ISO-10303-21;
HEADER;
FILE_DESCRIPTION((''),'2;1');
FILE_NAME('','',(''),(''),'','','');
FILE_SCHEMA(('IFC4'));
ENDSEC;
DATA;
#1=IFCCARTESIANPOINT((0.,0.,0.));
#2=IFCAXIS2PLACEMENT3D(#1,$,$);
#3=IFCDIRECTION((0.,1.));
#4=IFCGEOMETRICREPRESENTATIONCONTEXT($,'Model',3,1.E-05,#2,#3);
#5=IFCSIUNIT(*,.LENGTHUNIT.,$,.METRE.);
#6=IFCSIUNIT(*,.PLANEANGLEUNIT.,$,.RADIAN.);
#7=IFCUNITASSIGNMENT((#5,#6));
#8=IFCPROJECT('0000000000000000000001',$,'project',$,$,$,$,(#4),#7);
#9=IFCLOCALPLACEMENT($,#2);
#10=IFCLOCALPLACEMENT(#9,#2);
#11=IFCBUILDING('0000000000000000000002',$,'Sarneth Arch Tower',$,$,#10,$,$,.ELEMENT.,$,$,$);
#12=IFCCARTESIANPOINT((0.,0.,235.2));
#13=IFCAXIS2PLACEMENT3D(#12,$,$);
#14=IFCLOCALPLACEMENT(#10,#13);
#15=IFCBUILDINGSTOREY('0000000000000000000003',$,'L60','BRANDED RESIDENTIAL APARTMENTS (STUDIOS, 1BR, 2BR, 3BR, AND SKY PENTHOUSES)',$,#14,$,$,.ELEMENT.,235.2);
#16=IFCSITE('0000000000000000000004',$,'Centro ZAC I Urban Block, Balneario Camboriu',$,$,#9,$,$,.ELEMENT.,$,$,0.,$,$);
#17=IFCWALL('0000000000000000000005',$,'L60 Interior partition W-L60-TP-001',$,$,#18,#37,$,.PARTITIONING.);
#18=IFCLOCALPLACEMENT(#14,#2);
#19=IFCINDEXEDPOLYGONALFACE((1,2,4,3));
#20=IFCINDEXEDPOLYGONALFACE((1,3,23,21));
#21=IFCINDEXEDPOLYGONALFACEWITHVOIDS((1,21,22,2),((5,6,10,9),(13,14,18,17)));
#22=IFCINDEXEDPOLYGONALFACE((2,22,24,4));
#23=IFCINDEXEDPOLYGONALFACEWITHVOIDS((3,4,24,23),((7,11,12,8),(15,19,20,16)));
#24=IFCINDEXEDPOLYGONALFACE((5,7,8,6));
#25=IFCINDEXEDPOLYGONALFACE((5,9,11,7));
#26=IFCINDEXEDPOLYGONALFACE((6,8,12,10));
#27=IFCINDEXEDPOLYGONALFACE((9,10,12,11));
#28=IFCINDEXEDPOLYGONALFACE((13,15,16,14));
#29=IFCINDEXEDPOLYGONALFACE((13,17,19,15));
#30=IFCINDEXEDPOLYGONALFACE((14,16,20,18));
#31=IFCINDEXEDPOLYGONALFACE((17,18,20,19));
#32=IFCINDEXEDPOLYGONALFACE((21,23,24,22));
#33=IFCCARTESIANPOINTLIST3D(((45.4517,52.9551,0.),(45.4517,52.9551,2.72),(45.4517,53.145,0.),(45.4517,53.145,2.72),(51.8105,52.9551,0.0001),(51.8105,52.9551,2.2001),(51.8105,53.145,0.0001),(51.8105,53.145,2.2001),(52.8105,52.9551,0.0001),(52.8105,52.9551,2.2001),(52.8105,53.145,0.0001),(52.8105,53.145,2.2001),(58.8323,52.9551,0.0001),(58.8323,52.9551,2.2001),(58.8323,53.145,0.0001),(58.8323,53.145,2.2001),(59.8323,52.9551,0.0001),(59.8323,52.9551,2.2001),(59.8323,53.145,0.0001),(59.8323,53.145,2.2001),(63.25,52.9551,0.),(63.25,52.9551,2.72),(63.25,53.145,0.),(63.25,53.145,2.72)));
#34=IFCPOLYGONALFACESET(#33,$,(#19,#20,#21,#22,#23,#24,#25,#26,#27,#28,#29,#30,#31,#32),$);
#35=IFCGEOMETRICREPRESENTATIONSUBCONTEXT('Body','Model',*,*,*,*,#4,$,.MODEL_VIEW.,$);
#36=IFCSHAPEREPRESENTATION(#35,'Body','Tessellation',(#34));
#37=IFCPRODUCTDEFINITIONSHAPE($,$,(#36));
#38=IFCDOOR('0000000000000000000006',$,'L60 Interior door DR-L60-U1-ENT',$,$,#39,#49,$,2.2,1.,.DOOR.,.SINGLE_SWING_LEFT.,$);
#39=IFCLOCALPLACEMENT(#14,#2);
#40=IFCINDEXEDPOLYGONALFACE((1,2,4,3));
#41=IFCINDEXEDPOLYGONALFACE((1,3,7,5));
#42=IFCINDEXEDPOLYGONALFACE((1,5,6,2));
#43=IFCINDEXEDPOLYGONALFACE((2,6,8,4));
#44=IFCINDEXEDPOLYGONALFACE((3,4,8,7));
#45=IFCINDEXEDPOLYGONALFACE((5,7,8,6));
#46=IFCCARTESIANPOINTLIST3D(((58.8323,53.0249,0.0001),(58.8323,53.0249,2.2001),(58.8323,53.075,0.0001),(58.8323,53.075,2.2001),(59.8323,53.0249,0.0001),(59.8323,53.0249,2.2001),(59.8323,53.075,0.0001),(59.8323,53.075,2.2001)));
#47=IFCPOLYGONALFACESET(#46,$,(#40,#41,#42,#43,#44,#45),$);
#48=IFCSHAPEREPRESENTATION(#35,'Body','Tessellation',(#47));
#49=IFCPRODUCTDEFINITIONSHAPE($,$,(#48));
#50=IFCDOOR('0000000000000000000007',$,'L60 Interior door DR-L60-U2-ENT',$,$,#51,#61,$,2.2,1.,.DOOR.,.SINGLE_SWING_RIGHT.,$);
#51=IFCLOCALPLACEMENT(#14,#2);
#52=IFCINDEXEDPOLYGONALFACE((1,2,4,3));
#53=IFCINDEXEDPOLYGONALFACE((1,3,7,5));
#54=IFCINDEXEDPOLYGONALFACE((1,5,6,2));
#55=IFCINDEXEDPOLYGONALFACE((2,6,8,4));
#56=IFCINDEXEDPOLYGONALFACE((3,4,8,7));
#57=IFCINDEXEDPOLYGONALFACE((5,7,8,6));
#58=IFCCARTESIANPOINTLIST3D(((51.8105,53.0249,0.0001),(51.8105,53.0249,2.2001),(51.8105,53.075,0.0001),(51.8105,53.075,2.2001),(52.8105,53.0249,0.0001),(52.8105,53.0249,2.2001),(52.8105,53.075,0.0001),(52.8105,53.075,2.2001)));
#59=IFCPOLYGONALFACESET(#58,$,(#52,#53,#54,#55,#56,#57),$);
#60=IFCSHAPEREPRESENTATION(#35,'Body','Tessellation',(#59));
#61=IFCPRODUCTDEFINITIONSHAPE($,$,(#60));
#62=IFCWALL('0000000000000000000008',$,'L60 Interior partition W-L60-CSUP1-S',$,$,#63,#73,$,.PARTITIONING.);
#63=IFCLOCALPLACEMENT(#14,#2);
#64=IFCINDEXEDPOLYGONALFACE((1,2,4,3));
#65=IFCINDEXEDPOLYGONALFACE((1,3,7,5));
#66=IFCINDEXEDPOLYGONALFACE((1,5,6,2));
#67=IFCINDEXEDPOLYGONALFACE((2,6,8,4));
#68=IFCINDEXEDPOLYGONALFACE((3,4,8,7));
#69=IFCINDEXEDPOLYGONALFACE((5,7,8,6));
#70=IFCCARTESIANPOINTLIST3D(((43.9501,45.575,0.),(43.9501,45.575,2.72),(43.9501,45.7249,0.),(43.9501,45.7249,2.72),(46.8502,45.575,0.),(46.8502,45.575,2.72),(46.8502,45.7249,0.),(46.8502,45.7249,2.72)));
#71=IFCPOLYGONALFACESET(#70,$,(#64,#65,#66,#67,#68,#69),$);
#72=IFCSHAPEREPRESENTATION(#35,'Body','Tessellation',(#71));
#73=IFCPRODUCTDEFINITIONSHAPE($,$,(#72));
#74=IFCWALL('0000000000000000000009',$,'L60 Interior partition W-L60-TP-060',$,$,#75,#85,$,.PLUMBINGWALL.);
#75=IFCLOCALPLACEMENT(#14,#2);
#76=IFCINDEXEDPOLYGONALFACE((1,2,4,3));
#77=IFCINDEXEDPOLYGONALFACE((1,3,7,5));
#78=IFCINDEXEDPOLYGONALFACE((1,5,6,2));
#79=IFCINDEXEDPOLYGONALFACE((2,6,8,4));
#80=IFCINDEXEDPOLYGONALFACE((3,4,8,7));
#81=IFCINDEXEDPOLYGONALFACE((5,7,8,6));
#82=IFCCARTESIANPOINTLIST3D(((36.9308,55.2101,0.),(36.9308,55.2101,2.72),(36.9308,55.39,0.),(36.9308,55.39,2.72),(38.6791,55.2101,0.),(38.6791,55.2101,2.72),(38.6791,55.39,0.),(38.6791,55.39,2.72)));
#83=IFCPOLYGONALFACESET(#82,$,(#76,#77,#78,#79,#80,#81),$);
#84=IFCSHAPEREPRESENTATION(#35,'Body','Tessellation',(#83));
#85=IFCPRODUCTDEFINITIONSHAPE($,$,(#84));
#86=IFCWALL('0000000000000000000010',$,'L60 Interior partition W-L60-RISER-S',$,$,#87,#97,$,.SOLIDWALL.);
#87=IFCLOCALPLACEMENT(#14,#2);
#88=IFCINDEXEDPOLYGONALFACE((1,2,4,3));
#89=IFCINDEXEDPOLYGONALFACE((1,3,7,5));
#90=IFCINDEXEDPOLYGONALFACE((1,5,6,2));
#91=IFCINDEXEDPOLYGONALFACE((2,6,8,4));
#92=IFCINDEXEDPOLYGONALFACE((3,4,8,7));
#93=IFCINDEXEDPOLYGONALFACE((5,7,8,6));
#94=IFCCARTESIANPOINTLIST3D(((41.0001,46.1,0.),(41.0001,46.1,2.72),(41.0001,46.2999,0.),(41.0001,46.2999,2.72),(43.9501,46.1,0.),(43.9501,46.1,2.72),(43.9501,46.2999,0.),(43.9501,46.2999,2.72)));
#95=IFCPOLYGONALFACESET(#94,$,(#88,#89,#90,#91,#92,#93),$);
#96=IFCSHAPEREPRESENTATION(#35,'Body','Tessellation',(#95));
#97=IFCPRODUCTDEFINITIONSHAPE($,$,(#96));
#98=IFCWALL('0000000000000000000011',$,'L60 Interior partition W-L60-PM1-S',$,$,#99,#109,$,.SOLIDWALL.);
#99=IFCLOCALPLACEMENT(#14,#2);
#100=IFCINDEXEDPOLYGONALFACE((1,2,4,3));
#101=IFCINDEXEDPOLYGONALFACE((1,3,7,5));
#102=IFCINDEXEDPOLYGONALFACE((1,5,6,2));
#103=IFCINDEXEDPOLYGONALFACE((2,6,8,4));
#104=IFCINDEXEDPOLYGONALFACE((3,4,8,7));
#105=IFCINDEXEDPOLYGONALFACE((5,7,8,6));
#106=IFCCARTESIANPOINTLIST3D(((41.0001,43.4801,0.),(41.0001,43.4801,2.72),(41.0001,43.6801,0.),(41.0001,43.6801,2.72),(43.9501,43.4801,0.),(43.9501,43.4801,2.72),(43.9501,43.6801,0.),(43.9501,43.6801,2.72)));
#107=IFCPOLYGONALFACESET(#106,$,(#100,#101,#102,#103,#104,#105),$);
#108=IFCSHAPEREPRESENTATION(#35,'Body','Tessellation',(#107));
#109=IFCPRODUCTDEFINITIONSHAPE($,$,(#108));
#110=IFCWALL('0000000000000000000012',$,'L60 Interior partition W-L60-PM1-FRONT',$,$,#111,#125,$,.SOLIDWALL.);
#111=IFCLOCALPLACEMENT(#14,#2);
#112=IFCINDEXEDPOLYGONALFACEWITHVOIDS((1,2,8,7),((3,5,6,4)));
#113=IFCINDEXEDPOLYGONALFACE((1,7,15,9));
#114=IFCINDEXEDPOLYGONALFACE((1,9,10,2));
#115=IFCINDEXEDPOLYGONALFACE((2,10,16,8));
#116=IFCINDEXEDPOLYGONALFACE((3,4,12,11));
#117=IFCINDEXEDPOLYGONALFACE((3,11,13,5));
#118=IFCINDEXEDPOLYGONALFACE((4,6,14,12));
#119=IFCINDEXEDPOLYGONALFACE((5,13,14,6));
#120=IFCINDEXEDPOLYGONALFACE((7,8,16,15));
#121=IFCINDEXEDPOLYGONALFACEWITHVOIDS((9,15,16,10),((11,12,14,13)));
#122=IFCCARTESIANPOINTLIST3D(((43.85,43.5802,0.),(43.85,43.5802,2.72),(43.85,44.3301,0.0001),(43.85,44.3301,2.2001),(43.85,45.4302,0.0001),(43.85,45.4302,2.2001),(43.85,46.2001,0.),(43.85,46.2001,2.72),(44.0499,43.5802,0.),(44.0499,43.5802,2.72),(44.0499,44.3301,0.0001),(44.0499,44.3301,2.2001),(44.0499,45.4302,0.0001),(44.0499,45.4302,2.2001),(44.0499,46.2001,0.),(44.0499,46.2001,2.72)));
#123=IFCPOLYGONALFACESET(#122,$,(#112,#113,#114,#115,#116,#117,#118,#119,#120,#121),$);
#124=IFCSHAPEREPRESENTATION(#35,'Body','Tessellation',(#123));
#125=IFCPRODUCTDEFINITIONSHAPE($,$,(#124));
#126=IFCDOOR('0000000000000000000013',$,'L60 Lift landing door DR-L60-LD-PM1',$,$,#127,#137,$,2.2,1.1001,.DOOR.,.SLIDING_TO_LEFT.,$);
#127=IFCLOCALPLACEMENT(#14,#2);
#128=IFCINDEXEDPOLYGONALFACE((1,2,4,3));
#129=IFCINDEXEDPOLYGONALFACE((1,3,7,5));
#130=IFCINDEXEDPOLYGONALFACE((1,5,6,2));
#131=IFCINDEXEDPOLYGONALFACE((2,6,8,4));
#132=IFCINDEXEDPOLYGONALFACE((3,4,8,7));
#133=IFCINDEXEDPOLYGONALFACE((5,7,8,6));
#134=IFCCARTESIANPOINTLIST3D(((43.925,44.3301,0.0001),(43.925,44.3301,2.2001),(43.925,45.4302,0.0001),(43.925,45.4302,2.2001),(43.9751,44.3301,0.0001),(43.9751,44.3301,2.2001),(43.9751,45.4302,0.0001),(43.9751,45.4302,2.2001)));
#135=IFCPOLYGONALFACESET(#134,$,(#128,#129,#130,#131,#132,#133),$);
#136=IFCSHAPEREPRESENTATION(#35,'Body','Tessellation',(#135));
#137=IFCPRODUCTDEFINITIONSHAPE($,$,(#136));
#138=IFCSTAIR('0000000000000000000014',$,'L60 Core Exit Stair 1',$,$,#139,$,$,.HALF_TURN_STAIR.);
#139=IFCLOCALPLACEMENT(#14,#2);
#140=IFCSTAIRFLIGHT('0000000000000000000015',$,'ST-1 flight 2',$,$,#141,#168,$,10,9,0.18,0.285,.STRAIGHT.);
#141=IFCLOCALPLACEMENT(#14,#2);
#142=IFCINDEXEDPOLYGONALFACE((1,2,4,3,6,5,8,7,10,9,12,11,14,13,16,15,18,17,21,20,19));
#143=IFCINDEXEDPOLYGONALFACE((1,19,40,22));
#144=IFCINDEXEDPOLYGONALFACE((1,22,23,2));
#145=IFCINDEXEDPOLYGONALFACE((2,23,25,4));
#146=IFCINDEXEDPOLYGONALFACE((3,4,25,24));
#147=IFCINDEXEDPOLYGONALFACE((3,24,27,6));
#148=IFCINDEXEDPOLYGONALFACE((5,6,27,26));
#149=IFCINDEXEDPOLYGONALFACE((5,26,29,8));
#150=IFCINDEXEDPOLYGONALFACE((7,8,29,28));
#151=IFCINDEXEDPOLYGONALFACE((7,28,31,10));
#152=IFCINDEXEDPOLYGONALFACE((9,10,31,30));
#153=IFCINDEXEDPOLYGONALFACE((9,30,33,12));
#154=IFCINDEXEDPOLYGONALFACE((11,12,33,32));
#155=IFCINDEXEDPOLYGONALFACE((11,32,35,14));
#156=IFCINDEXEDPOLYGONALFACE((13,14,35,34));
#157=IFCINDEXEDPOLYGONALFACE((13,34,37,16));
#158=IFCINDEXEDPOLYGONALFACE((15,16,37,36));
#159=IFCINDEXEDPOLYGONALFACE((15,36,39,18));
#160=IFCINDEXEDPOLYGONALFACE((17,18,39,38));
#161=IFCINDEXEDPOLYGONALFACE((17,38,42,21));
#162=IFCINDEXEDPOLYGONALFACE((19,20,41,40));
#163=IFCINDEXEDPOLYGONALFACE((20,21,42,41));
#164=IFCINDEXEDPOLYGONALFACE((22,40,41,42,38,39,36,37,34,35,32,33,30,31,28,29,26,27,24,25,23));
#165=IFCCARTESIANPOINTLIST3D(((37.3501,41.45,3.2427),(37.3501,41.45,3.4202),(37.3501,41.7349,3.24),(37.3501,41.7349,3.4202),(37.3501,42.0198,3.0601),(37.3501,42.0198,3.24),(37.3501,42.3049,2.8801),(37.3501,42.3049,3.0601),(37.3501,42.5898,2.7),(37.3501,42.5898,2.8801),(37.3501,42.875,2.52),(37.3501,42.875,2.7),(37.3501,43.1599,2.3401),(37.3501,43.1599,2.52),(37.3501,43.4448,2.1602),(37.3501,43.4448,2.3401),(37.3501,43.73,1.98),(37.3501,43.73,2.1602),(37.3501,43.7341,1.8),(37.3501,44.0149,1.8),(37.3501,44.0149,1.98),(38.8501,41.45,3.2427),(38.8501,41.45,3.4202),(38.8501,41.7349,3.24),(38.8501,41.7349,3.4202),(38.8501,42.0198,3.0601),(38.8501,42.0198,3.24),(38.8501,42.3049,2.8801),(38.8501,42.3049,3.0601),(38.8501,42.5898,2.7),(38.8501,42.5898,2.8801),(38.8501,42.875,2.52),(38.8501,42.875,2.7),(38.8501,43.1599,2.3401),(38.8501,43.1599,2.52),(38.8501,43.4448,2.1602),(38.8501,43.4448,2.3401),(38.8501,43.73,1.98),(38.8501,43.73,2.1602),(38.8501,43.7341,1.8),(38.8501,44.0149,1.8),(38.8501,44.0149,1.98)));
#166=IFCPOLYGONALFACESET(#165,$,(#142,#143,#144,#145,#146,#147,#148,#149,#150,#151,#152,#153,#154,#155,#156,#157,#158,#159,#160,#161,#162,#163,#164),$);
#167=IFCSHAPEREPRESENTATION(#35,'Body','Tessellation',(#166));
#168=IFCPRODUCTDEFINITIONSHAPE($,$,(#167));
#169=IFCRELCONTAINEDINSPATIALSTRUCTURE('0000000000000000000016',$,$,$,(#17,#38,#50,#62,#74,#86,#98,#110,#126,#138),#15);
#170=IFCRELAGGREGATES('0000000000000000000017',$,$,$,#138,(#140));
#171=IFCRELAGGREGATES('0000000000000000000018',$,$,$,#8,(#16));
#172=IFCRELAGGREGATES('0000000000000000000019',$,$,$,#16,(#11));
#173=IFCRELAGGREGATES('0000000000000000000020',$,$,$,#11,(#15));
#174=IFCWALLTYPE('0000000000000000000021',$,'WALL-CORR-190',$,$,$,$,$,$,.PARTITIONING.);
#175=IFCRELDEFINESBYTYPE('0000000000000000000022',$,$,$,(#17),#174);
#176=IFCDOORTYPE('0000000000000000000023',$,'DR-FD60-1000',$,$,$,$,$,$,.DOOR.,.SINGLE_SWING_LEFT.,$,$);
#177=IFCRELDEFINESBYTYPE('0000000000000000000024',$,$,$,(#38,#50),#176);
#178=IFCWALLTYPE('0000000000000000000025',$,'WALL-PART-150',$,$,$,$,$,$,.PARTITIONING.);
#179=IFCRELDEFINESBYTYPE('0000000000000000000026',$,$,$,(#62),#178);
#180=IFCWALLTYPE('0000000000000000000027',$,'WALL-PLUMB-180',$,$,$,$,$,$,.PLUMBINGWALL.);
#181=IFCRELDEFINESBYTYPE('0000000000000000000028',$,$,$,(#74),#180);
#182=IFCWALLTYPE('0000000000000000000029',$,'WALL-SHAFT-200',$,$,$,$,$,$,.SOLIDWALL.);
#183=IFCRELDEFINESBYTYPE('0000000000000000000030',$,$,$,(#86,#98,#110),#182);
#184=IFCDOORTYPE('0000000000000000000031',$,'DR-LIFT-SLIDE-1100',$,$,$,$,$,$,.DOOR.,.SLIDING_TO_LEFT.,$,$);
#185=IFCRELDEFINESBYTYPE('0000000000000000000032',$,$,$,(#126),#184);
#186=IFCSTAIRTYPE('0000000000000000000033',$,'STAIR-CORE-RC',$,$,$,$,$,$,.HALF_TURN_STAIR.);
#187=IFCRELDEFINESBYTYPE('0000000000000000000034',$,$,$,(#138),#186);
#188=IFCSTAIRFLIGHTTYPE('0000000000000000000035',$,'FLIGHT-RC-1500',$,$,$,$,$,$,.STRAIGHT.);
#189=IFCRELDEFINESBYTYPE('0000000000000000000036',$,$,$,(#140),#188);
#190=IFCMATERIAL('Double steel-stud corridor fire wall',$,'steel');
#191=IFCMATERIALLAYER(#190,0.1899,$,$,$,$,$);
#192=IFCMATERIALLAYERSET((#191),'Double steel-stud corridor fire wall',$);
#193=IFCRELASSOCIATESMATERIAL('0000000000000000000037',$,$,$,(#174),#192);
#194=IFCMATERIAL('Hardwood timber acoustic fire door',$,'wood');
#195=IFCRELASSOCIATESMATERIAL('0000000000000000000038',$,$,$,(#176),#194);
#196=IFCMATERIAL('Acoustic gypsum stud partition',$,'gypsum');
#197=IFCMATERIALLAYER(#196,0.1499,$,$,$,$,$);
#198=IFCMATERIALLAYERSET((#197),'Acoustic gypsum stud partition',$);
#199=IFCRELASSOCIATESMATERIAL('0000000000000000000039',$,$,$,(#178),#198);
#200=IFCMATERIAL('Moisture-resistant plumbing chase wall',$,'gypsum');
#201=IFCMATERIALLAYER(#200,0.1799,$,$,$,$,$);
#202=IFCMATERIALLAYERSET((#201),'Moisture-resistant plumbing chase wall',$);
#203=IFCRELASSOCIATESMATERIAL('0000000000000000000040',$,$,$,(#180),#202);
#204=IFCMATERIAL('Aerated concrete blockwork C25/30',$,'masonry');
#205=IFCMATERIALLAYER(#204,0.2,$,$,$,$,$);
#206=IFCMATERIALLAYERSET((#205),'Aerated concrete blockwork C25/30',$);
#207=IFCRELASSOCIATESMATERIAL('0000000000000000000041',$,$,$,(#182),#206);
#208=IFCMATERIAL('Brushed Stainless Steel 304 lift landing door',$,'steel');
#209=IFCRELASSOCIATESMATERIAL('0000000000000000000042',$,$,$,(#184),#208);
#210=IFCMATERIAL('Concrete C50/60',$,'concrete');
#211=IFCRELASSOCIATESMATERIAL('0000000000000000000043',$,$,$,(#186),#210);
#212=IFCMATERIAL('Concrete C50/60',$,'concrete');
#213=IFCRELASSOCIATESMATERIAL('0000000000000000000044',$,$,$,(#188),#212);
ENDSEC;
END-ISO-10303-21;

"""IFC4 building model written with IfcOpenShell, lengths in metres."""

from ifc_helpers import new_model, si_unit, direction, frame, frame_2d, origin, place, context, subcontext, project, spatial, polyline, rectangle, outline, extrude, material, layer, layer_set, type_object, element, fill, aggregate, save


model = new_model("IFC4")

# Units and contexts
model_context = context("Model", 3, precision=1e-05, world=origin(), true_north=direction((0.0, 1.0)))
body_context = subcontext(model_context, "Body", "Model", "MODEL_VIEW")
ifc_project = project(units=[si_unit("LENGTHUNIT", "METRE"), si_unit("PLANEANGLEUNIT", "RADIAN")], contexts=[model_context])

# Site, building, storey
site_placement = place(None, origin())
site = spatial("IfcSite", under=ifc_project, at=site_placement, Name="Centro ZAC I Urban Block, Balneario Camboriu", CompositionType="ELEMENT", RefElevation=0.0)
building_placement = place(site_placement, origin())
building = spatial("IfcBuilding", under=site, at=building_placement, Name="Sarneth Arch Tower", CompositionType="ELEMENT")
storey_placement = place(building_placement, frame((0.0, 0.0, 235.2)))
storey = spatial("IfcBuildingStorey", under=building, at=storey_placement, Name="L60", Description="BRANDED RESIDENTIAL APARTMENTS (STUDIOS, 1BR, 2BR, 3BR, AND SKY PENTHOUSES)", CompositionType="ELEMENT", Elevation=235.2)

# Wall, openings, doors
ifc_material_1 = material(Name="Double steel-stud corridor fire wall", Category="steel")
ifc_layer_1 = layer(ifc_material_1, 0.1899)
ifc_layer_set_1 = layer_set([ifc_layer_1], Name="Double steel-stud corridor fire wall")
wall_type_1 = type_object("IfcWallType", Name="WALL-CORR-190", PredefinedType="PARTITIONING", material=ifc_layer_set_1)
wall_1_placement = place(storey_placement, frame((45.4517, 53.05, 0.0), z_axis=(0.0, 0.0, 1.0), x_axis=(1.0, 0.0, 0.0)))
wall_1 = element("IfcWall", 1, at=wall_1_placement, inside=storey, type_object=wall_type_1, Name="L60 Interior partition W-L60-TP-001", PredefinedType="PARTITIONING", context=body_context, shape_type="SweptSolid", body=[
    extrude(rectangle(XDim=17.7983, YDim=0.1899, at=frame_2d((8.8992, 0.0))), origin(), (0.0, 0.0, 1.0), 2.72),
])
opening_1_placement = place(wall_1_placement, frame((13.3806, 0.0, 0.0)))
opening_1 = element("IfcOpeningElement", 2, at=opening_1_placement, cuts=wall_1, PredefinedType="OPENING", context=body_context, shape_type="SweptSolid", body=[
    extrude(rectangle(XDim=1.0, YDim=2.2, at=frame_2d((0.5, 1.1001))), frame((0.0, 0.105, 0.0), z_axis=(0.0, -1.0, 0.0), x_axis=(1.0, 0.0, 0.0)), (0.0, 0.0, 1.0), 0.21),
])
opening_2_placement = place(wall_1_placement, frame((6.3589, 0.0, 0.0)))
opening_2 = element("IfcOpeningElement", 3, at=opening_2_placement, cuts=wall_1, PredefinedType="OPENING", context=body_context, shape_type="SweptSolid", body=[
    extrude(rectangle(XDim=1.0, YDim=2.2, at=frame_2d((0.5, 1.1001))), frame((0.0, 0.105, 0.0), z_axis=(0.0, -1.0, 0.0), x_axis=(1.0, 0.0, 0.0)), (0.0, 0.0, 1.0), 0.21),
])
ifc_material_2 = material(Name="Hardwood timber acoustic fire door", Category="wood")
door_type_1 = type_object("IfcDoorType", Name="DR-FD60-1000", OperationType="SINGLE_SWING_LEFT", PredefinedType="DOOR", material=ifc_material_2)
door_1_placement = place(opening_1_placement, origin())
door_1 = element("IfcDoor", 4, at=door_1_placement, inside=storey, type_object=door_type_1, Name="L60 Interior door DR-L60-U1-ENT", OperationType="SINGLE_SWING_LEFT", OverallHeight=2.2, OverallWidth=1.0, PredefinedType="DOOR", context=body_context, shape_type="SweptSolid", body=[
    extrude(rectangle(XDim=1.0, YDim=2.2, at=frame_2d((0.5, 1.1001))), frame((0.0, 0.0249, 0.0), z_axis=(0.0, -1.0, 0.0), x_axis=(1.0, 0.0, 0.0)), (0.0, 0.0, 1.0), 0.05),
])
fill(opening_1, door_1)
door_2_placement = place(opening_2_placement, origin())
door_2 = element("IfcDoor", 5, at=door_2_placement, inside=storey, type_object=door_type_1, Name="L60 Interior door DR-L60-U2-ENT", OperationType="SINGLE_SWING_RIGHT", OverallHeight=2.2, OverallWidth=1.0, PredefinedType="DOOR", context=body_context, shape_type="SweptSolid", body=[
    extrude(rectangle(XDim=1.0, YDim=2.2, at=frame_2d((0.5, 1.1001))), frame((0.0, 0.0249, 0.0), z_axis=(0.0, -1.0, 0.0), x_axis=(1.0, 0.0, 0.0)), (0.0, 0.0, 1.0), 0.05),
])
fill(opening_2, door_2)

# Wall
ifc_material_3 = material(Name="Acoustic gypsum stud partition", Category="gypsum")
ifc_layer_2 = layer(ifc_material_3, 0.1499)
ifc_layer_set_2 = layer_set([ifc_layer_2], Name="Acoustic gypsum stud partition")
wall_type_2 = type_object("IfcWallType", Name="WALL-PART-150", PredefinedType="PARTITIONING", material=ifc_layer_set_2)
wall_2_placement = place(storey_placement, frame((43.95, 45.6499, 0.0), z_axis=(0.0, 0.0, 1.0), x_axis=(1.0, 0.0, 0.0)))
element("IfcWall", 6, at=wall_2_placement, inside=storey, type_object=wall_type_2, Name="L60 Interior partition W-L60-CSUP1-S", PredefinedType="PARTITIONING", context=body_context, shape_type="SweptSolid", body=[
    extrude(rectangle(XDim=2.9001, YDim=0.1499, at=frame_2d((1.4502, 0.0))), origin(), (0.0, 0.0, 1.0), 2.72),
])

# Walls
ifc_material_4 = material(Name="Moisture-resistant plumbing chase wall", Category="gypsum")
ifc_layer_3 = layer(ifc_material_4, 0.1799)
ifc_layer_set_3 = layer_set([ifc_layer_3], Name="Moisture-resistant plumbing chase wall")
wall_type_3 = type_object("IfcWallType", Name="WALL-PLUMB-180", PredefinedType="PLUMBINGWALL", material=ifc_layer_set_3)
wall_3_placement = place(storey_placement, frame((36.9309, 55.3, 0.0), z_axis=(0.0, 0.0, 1.0), x_axis=(1.0, 0.0, 0.0)))
element("IfcWall", 7, at=wall_3_placement, inside=storey, type_object=wall_type_3, Name="L60 Interior partition W-L60-TP-060", PredefinedType="PLUMBINGWALL", context=body_context, shape_type="SweptSolid", body=[
    extrude(rectangle(XDim=1.7483, YDim=0.1799, at=frame_2d((0.874, 0.0))), origin(), (0.0, 0.0, 1.0), 2.72),
])
ifc_material_5 = material(Name="Aerated concrete blockwork C25/30", Category="masonry")
ifc_layer_4 = layer(ifc_material_5, 0.2)
ifc_layer_set_4 = layer_set([ifc_layer_4], Name="Aerated concrete blockwork C25/30")
wall_type_4 = type_object("IfcWallType", Name="WALL-SHAFT-200", PredefinedType="SOLIDWALL", material=ifc_layer_set_4)
wall_4_placement = place(storey_placement, frame((41.0, 46.2, 0.0), z_axis=(0.0, 0.0, 1.0), x_axis=(1.0, 0.0, 0.0)))
element("IfcWall", 8, at=wall_4_placement, inside=storey, type_object=wall_type_4, Name="L60 Interior partition W-L60-RISER-S", PredefinedType="SOLIDWALL", context=body_context, shape_type="SweptSolid", body=[
    extrude(rectangle(XDim=2.95, YDim=0.2, at=frame_2d((1.4751, 0.0))), origin(), (0.0, 0.0, 1.0), 2.72),
])

# Wall
wall_5_placement = place(storey_placement, frame((41.0, 43.5801, 0.0), z_axis=(0.0, 0.0, 1.0), x_axis=(1.0, 0.0, 0.0)))
element("IfcWall", 9, at=wall_5_placement, inside=storey, type_object=wall_type_4, Name="L60 Interior partition W-L60-PM1-S", PredefinedType="SOLIDWALL", context=body_context, shape_type="SweptSolid", body=[
    extrude(rectangle(XDim=2.95, YDim=0.2, at=frame_2d((1.4751, 0.0))), origin(), (0.0, 0.0, 1.0), 2.72),
])

# Wall, opening, door
wall_6_placement = place(storey_placement, frame((43.95, 43.5801, 0.0), z_axis=(0.0, 0.0, 1.0), x_axis=(0.0, 1.0, 0.0)))
wall_6 = element("IfcWall", 10, at=wall_6_placement, inside=storey, type_object=wall_type_4, Name="L60 Interior partition W-L60-PM1-FRONT", PredefinedType="SOLIDWALL", context=body_context, shape_type="SweptSolid", body=[
    extrude(rectangle(XDim=2.6199, YDim=0.2, at=frame_2d((1.3101, 0.0))), origin(), (0.0, 0.0, 1.0), 2.72),
])
opening_3_placement = place(wall_6_placement, frame((0.75, 0.0, 0.0)))
opening_3 = element("IfcOpeningElement", 11, at=opening_3_placement, cuts=wall_6, PredefinedType="OPENING", context=body_context, shape_type="SweptSolid", body=[
    extrude(rectangle(XDim=1.1001, YDim=2.2, at=frame_2d((0.55, 1.1001))), frame((0.0, 0.1099, 0.0), z_axis=(0.0, -1.0, 0.0), x_axis=(1.0, 0.0, 0.0)), (0.0, 0.0, 1.0), 0.22),
])
ifc_material_6 = material(Name="Brushed Stainless Steel 304 lift landing door", Category="steel")
door_type_2 = type_object("IfcDoorType", Name="DR-LIFT-SLIDE-1100", OperationType="SLIDING_TO_LEFT", PredefinedType="DOOR", material=ifc_material_6)
door_3_placement = place(opening_3_placement, origin())
door_3 = element("IfcDoor", 12, at=door_3_placement, inside=storey, type_object=door_type_2, Name="L60 Lift landing door DR-L60-LD-PM1", OperationType="SLIDING_TO_LEFT", OverallHeight=2.2, OverallWidth=1.1001, PredefinedType="DOOR", context=body_context, shape_type="SweptSolid", body=[
    extrude(rectangle(XDim=1.1001, YDim=2.2, at=frame_2d((0.55, 1.1001))), frame((0.0, 0.0249, 0.0), z_axis=(0.0, -1.0, 0.0), x_axis=(1.0, 0.0, 0.0)), (0.0, 0.0, 1.0), 0.05),
])
fill(opening_3, door_3)

# Stair, stair flight
ifc_material_7 = material(Name="Concrete C50/60", Category="concrete")
stair_type = type_object("IfcStairType", Name="STAIR-CORE-RC", PredefinedType="HALF_TURN_STAIR", material=ifc_material_7)
stair_placement = place(storey_placement, origin())
stair = element("IfcStair", 13, at=stair_placement, inside=storey, type_object=stair_type, Name="L60 Core Exit Stair 1", PredefinedType="HALF_TURN_STAIR")
ifc_material_8 = material(Name="Concrete C50/60", Category="concrete")
stair_flight_type = type_object("IfcStairFlightType", Name="FLIGHT-RC-1500", PredefinedType="STRAIGHT", material=ifc_material_8)
stair_flight_placement = place(storey_placement, frame((38.1001, 44.0149, 1.8), z_axis=(0.0, 0.0, 1.0), x_axis=(0.0, -1.0, 0.0)))
stair_flight = element("IfcStairFlight", 14, at=stair_flight_placement, type_object=stair_flight_type, Name="ST-1 flight 2", NumberOfRisers=10, NumberOfTreads=9, PredefinedType="STRAIGHT", RiserHeight=0.18, TreadLength=0.285, context=body_context, shape_type="SweptSolid", body=[
    extrude(outline(polyline([(0.0, 0.0), (0.0, 0.1799), (0.2849, 0.1799), (0.2849, 0.3601), (0.5701, 0.3601), (0.5701, 0.54), (0.855, 0.54), (0.855, 0.72), (1.1399, 0.72), (1.1399, 0.8999), (1.425, 0.8999), (1.425, 1.0801), (1.71, 1.0801), (1.71, 1.26), (1.9951, 1.26), (1.9951, 1.4399), (2.28, 1.4399), (2.28, 1.6201), (2.5649, 1.6201), (2.5649, 1.8), (2.5649, 1.4426), (0.2808, 0.0), (0.0, 0.0)])), frame((0.0, 0.75, 0.0), z_axis=(0.0, -1.0, 0.0), x_axis=(1.0, 0.0, 0.0)), (0.0, 0.0, 1.0), 1.5),
])
aggregate(stair, [stair_flight])

save(model, "model.ifc")
